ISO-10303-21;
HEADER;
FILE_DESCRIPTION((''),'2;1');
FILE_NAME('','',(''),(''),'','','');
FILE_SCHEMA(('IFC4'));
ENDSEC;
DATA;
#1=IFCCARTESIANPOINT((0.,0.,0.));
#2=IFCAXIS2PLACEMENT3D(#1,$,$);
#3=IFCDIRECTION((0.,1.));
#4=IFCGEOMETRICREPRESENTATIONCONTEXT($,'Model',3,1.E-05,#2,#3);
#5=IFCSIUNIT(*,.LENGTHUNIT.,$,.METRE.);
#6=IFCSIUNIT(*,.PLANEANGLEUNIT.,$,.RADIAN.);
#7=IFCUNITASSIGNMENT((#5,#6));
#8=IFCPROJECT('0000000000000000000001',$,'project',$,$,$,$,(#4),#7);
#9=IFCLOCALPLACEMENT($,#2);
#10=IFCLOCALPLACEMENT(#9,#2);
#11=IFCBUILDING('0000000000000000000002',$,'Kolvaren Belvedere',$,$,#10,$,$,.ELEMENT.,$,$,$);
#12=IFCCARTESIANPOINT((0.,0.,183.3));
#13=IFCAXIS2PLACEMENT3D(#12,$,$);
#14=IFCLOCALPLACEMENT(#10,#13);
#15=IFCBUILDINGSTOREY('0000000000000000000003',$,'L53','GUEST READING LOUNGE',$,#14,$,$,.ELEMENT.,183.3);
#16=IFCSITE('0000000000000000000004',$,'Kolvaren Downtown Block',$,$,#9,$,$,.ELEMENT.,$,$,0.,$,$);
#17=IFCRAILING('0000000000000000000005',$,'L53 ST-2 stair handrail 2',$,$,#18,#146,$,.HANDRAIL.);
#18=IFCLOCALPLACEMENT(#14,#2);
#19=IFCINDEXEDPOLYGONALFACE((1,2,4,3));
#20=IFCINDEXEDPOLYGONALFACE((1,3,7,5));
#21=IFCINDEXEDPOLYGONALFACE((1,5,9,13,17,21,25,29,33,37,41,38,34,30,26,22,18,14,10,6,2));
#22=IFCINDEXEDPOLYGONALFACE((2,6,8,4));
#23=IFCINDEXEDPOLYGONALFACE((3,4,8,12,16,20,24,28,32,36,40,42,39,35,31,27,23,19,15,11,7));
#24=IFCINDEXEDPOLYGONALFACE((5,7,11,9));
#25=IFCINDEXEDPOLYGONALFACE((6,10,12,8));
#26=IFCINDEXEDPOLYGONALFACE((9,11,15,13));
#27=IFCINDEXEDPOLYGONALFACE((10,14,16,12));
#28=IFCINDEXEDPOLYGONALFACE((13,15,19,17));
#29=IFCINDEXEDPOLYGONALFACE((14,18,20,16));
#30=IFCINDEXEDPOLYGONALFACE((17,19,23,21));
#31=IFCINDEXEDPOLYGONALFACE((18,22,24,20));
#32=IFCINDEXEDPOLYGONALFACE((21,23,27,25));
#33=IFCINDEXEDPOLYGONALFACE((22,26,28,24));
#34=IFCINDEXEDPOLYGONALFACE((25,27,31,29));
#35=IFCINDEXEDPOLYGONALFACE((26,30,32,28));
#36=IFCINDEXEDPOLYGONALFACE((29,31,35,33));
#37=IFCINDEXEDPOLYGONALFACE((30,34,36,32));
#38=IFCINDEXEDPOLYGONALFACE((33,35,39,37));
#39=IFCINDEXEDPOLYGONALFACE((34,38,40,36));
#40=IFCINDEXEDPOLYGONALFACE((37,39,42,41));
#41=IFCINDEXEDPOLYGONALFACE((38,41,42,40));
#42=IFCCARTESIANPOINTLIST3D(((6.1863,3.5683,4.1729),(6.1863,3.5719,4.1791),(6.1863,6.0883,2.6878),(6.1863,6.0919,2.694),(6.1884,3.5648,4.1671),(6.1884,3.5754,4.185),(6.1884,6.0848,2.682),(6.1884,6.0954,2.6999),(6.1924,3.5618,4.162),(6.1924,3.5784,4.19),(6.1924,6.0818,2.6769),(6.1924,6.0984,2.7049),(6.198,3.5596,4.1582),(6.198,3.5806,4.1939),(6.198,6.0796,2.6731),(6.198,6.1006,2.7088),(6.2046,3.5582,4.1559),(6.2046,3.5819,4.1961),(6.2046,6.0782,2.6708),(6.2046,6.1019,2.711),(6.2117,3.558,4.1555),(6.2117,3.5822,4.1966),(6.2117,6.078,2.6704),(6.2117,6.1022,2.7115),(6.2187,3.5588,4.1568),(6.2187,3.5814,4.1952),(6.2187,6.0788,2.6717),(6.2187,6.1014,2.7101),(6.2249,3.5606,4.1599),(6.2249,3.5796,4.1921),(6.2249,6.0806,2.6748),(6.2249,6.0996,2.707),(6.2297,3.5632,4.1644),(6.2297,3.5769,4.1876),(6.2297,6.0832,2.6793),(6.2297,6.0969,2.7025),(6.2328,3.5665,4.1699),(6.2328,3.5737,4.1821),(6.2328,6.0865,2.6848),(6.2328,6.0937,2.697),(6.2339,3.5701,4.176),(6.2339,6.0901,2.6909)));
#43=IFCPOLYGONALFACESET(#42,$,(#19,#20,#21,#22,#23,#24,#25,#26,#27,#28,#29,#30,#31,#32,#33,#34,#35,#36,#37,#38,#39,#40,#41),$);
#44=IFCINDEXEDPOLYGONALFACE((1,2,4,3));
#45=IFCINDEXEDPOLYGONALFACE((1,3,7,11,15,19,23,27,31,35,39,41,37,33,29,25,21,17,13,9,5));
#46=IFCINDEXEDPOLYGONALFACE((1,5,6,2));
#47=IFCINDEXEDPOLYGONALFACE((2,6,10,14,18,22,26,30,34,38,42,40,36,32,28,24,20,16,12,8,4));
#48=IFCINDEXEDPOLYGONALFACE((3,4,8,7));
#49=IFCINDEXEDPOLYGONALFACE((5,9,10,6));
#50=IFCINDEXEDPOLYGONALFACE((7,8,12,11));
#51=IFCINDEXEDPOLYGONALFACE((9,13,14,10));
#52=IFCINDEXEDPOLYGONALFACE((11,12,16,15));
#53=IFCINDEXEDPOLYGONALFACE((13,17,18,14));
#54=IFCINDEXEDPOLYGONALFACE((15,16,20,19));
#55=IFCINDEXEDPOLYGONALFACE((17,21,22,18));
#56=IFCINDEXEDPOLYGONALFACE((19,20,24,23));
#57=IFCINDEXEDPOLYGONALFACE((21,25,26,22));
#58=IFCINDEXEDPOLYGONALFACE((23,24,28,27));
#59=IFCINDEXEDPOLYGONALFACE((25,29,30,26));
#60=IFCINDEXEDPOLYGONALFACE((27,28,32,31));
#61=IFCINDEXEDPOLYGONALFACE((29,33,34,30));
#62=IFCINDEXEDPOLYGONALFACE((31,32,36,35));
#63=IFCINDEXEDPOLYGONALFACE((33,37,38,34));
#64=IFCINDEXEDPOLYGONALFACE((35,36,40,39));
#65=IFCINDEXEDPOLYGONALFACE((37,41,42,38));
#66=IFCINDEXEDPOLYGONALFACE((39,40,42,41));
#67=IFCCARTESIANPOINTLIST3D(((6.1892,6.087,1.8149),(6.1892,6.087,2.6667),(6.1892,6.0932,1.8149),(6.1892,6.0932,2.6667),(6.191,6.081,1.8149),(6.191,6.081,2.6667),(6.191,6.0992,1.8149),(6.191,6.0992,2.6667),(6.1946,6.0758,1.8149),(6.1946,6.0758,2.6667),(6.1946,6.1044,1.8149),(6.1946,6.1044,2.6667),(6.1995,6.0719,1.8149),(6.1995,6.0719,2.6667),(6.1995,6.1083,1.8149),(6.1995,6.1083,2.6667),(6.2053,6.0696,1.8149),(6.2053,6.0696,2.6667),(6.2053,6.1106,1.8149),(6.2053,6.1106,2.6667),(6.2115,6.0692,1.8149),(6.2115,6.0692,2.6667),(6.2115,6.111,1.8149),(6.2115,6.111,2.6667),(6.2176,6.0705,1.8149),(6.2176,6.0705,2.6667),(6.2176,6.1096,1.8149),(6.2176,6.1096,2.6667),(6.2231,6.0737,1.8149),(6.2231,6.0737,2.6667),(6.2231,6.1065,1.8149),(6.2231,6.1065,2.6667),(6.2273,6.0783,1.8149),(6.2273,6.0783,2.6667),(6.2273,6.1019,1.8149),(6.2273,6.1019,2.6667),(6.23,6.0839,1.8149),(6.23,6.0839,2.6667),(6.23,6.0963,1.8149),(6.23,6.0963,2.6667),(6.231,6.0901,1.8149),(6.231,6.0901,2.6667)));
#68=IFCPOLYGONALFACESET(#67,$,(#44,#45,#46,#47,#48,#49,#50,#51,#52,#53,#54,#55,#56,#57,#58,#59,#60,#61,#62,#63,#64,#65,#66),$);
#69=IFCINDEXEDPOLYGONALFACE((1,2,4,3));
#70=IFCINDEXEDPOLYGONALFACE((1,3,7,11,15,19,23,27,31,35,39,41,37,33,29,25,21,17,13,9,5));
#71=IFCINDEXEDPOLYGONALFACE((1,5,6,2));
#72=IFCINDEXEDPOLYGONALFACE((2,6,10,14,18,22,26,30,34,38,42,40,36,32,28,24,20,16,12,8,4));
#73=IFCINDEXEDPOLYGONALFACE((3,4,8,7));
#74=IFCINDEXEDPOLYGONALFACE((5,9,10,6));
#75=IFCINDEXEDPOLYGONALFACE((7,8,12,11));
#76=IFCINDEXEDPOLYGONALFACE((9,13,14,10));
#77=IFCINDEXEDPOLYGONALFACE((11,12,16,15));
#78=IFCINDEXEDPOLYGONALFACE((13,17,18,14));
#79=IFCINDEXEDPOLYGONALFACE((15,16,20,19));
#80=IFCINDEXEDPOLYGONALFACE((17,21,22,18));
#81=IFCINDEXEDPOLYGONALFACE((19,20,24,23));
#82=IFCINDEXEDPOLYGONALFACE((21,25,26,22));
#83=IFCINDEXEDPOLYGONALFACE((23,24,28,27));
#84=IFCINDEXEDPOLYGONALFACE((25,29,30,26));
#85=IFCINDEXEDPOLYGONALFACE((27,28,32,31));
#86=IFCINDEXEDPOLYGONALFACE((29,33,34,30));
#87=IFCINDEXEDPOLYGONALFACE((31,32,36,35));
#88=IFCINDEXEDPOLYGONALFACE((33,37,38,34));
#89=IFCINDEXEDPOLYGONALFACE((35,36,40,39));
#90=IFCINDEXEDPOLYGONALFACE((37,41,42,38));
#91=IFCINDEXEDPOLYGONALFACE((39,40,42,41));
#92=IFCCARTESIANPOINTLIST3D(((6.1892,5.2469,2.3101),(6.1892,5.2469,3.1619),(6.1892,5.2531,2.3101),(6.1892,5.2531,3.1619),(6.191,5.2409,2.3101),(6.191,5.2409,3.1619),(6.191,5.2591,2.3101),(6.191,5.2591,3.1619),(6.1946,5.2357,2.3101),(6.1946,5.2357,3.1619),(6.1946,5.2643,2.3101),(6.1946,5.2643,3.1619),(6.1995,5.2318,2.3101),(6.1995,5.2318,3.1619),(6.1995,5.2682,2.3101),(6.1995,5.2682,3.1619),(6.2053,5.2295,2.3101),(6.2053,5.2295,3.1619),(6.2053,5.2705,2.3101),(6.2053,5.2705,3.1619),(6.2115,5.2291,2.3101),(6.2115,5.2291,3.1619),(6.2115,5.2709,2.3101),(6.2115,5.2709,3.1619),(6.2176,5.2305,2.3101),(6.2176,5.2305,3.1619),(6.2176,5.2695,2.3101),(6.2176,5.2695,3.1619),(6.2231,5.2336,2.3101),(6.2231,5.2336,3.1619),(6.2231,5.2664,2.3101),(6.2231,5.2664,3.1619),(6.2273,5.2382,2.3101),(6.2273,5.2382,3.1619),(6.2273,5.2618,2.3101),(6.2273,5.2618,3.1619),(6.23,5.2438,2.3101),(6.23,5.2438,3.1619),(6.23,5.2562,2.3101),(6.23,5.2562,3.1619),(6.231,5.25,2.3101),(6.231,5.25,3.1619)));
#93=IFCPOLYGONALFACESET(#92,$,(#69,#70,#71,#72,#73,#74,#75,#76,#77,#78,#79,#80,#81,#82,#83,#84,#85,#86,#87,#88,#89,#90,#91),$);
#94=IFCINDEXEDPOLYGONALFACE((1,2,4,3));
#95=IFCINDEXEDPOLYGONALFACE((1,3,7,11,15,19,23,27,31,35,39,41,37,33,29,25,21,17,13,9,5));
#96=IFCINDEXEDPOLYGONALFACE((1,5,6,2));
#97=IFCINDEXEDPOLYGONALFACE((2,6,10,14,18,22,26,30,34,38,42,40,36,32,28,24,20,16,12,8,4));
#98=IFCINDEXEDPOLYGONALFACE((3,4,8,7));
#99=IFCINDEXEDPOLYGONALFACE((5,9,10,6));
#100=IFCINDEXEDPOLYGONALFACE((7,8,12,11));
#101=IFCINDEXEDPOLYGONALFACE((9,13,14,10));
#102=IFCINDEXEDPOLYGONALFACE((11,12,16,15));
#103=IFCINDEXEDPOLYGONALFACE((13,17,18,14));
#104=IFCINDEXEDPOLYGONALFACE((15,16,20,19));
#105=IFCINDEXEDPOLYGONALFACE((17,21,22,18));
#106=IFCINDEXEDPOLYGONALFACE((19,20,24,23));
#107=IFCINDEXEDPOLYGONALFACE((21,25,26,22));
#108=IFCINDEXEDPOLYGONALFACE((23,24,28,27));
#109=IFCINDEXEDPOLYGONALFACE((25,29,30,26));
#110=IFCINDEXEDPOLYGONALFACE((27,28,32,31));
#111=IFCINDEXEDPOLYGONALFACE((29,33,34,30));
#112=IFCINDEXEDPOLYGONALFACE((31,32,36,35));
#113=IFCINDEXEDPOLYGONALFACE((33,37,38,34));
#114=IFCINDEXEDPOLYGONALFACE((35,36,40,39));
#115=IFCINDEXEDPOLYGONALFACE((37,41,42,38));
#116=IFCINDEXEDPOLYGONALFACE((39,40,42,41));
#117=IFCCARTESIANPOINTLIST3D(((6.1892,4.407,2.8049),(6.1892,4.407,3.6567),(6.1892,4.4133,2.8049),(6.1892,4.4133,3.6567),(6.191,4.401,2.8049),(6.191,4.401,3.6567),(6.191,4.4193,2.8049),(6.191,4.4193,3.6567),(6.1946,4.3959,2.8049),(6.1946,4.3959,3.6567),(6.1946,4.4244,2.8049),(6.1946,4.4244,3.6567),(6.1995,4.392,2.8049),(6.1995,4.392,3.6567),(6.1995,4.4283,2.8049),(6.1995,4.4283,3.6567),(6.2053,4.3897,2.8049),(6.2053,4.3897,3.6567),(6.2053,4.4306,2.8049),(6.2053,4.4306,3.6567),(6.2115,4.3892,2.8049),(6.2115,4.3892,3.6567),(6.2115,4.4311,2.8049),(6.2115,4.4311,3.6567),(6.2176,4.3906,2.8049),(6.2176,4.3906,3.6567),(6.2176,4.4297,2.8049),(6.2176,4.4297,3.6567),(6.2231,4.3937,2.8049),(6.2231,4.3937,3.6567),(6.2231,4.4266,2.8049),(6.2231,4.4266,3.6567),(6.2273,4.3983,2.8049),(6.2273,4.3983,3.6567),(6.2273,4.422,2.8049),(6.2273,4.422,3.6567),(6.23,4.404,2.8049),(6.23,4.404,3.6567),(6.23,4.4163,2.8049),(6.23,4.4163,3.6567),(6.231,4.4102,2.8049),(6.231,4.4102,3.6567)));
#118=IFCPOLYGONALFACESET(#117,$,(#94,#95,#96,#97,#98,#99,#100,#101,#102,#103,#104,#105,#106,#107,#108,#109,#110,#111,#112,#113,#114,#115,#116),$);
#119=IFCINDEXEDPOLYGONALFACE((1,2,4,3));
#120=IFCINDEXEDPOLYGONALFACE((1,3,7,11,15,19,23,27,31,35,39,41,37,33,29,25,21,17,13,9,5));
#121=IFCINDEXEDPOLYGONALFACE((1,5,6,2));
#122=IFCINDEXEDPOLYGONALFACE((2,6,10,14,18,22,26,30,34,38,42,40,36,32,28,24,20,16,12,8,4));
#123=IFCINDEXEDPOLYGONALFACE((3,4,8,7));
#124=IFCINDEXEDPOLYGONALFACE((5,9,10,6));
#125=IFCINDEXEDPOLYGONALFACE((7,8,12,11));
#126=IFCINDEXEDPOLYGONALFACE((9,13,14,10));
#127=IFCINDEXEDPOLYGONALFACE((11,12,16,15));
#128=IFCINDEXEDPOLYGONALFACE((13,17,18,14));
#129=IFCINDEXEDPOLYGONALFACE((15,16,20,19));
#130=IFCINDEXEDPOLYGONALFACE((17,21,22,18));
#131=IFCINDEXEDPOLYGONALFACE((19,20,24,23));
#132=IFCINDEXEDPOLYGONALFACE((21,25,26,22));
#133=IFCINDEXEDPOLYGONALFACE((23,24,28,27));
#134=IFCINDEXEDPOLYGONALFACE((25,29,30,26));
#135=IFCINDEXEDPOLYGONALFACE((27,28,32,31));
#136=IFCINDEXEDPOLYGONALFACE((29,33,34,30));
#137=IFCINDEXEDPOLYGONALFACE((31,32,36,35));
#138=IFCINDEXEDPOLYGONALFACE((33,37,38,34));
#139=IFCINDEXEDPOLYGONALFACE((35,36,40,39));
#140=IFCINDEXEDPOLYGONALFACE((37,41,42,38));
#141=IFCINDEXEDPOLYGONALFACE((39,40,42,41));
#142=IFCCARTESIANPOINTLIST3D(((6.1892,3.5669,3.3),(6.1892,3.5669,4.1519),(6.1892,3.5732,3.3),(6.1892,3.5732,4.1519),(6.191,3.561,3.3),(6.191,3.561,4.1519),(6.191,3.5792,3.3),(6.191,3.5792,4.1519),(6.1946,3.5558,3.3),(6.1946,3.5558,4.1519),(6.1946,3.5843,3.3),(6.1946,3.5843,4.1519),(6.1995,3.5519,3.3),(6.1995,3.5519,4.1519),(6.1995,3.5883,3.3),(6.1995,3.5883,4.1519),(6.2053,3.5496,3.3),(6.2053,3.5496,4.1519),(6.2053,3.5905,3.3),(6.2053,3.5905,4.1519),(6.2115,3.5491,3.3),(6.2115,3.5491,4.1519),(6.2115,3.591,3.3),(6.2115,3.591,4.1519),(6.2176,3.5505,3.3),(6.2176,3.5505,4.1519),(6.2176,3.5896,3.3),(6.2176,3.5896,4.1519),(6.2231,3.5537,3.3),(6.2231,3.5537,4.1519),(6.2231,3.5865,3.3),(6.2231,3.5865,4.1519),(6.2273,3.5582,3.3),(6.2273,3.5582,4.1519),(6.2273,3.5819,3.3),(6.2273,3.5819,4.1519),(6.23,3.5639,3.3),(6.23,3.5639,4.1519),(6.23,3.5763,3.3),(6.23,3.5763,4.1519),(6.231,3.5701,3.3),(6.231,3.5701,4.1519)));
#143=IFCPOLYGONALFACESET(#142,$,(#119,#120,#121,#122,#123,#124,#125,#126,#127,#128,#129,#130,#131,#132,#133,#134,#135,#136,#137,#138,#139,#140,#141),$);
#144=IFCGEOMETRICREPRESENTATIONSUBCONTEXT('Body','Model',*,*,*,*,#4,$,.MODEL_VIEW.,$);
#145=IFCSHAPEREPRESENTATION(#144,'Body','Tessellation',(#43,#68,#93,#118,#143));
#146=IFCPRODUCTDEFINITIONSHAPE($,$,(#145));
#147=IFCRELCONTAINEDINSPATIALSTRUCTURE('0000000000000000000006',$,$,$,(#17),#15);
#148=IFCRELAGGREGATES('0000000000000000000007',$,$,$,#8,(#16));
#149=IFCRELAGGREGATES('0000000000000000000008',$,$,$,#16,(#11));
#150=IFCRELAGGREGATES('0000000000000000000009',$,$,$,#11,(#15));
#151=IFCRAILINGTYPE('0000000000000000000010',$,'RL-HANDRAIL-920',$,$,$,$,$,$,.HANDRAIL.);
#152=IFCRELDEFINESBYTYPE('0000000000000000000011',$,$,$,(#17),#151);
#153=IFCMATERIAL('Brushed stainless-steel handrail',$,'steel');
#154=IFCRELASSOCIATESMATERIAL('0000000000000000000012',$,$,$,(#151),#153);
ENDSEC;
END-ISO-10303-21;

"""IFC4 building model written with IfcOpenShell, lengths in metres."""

from ifc_helpers import new_model, si_unit, direction, frame, origin, origin_2d, place, context, subcontext, project, spatial, circle, extrude, material, type_object, element, save


model = new_model("IFC4")

# Units and contexts
model_context = context("Model", 3, precision=1e-05, world=origin(), true_north=direction((0.0, 1.0)))
body_context = subcontext(model_context, "Body", "Model", "MODEL_VIEW")
ifc_project = project(units=[si_unit("LENGTHUNIT", "METRE"), si_unit("PLANEANGLEUNIT", "RADIAN")], contexts=[model_context])

# Site, building, storey
site_placement = place(None, origin())
site = spatial("IfcSite", under=ifc_project, at=site_placement, Name="Kolvaren Downtown Block", CompositionType="ELEMENT", RefElevation=0.0)
building_placement = place(site_placement, origin())
building = spatial("IfcBuilding", under=site, at=building_placement, Name="Kolvaren Belvedere", CompositionType="ELEMENT")
storey_placement = place(building_placement, frame((0.0, 0.0, 183.3)))
storey = spatial("IfcBuildingStorey", under=building, at=storey_placement, Name="L53", Description="GUEST READING LOUNGE", CompositionType="ELEMENT", Elevation=183.3)

# Railing
ifc_material_1 = material(Name="Brushed stainless-steel handrail", Category="steel")
railing_type_1 = type_object("IfcRailingType", Name="RL-HANDRAIL-920", PredefinedType="HANDRAIL", material=ifc_material_1)
railing_1_placement = place(storey_placement, frame((6.21, 6.0901, 1.8149)))
element("IfcRailing", 1, at=railing_1_placement, inside=storey, type_object=railing_type_1, Name="L53 ST-2 stair handrail 2", PredefinedType="HANDRAIL", context=body_context, shape_type="SweptSolid", body=[
    extrude(circle(Radius=0.0239, at=origin_2d()), frame((0.0, 0.0, 0.876), z_axis=(0.0, -0.861524, 0.507717), x_axis=(1.0, 0.0, 0.0)), (0.0, 0.0, 1.0), 2.925),
    extrude(circle(Radius=0.021, at=origin_2d()), origin(), (0.0, 0.0, 1.0), 0.8518),
    extrude(circle(Radius=0.021, at=origin_2d()), frame((0.0, -0.8401, 0.4951)), (0.0, 0.0, 1.0), 0.8518),
    extrude(circle(Radius=0.021, at=origin_2d()), frame((0.0, -1.6799, 0.99)), (0.0, 0.0, 1.0), 0.8518),
    extrude(circle(Radius=0.021, at=origin_2d()), frame((0.0, -2.52, 1.4851)), (0.0, 0.0, 1.0), 0.8518),
])

save(model, "model.ifc")
